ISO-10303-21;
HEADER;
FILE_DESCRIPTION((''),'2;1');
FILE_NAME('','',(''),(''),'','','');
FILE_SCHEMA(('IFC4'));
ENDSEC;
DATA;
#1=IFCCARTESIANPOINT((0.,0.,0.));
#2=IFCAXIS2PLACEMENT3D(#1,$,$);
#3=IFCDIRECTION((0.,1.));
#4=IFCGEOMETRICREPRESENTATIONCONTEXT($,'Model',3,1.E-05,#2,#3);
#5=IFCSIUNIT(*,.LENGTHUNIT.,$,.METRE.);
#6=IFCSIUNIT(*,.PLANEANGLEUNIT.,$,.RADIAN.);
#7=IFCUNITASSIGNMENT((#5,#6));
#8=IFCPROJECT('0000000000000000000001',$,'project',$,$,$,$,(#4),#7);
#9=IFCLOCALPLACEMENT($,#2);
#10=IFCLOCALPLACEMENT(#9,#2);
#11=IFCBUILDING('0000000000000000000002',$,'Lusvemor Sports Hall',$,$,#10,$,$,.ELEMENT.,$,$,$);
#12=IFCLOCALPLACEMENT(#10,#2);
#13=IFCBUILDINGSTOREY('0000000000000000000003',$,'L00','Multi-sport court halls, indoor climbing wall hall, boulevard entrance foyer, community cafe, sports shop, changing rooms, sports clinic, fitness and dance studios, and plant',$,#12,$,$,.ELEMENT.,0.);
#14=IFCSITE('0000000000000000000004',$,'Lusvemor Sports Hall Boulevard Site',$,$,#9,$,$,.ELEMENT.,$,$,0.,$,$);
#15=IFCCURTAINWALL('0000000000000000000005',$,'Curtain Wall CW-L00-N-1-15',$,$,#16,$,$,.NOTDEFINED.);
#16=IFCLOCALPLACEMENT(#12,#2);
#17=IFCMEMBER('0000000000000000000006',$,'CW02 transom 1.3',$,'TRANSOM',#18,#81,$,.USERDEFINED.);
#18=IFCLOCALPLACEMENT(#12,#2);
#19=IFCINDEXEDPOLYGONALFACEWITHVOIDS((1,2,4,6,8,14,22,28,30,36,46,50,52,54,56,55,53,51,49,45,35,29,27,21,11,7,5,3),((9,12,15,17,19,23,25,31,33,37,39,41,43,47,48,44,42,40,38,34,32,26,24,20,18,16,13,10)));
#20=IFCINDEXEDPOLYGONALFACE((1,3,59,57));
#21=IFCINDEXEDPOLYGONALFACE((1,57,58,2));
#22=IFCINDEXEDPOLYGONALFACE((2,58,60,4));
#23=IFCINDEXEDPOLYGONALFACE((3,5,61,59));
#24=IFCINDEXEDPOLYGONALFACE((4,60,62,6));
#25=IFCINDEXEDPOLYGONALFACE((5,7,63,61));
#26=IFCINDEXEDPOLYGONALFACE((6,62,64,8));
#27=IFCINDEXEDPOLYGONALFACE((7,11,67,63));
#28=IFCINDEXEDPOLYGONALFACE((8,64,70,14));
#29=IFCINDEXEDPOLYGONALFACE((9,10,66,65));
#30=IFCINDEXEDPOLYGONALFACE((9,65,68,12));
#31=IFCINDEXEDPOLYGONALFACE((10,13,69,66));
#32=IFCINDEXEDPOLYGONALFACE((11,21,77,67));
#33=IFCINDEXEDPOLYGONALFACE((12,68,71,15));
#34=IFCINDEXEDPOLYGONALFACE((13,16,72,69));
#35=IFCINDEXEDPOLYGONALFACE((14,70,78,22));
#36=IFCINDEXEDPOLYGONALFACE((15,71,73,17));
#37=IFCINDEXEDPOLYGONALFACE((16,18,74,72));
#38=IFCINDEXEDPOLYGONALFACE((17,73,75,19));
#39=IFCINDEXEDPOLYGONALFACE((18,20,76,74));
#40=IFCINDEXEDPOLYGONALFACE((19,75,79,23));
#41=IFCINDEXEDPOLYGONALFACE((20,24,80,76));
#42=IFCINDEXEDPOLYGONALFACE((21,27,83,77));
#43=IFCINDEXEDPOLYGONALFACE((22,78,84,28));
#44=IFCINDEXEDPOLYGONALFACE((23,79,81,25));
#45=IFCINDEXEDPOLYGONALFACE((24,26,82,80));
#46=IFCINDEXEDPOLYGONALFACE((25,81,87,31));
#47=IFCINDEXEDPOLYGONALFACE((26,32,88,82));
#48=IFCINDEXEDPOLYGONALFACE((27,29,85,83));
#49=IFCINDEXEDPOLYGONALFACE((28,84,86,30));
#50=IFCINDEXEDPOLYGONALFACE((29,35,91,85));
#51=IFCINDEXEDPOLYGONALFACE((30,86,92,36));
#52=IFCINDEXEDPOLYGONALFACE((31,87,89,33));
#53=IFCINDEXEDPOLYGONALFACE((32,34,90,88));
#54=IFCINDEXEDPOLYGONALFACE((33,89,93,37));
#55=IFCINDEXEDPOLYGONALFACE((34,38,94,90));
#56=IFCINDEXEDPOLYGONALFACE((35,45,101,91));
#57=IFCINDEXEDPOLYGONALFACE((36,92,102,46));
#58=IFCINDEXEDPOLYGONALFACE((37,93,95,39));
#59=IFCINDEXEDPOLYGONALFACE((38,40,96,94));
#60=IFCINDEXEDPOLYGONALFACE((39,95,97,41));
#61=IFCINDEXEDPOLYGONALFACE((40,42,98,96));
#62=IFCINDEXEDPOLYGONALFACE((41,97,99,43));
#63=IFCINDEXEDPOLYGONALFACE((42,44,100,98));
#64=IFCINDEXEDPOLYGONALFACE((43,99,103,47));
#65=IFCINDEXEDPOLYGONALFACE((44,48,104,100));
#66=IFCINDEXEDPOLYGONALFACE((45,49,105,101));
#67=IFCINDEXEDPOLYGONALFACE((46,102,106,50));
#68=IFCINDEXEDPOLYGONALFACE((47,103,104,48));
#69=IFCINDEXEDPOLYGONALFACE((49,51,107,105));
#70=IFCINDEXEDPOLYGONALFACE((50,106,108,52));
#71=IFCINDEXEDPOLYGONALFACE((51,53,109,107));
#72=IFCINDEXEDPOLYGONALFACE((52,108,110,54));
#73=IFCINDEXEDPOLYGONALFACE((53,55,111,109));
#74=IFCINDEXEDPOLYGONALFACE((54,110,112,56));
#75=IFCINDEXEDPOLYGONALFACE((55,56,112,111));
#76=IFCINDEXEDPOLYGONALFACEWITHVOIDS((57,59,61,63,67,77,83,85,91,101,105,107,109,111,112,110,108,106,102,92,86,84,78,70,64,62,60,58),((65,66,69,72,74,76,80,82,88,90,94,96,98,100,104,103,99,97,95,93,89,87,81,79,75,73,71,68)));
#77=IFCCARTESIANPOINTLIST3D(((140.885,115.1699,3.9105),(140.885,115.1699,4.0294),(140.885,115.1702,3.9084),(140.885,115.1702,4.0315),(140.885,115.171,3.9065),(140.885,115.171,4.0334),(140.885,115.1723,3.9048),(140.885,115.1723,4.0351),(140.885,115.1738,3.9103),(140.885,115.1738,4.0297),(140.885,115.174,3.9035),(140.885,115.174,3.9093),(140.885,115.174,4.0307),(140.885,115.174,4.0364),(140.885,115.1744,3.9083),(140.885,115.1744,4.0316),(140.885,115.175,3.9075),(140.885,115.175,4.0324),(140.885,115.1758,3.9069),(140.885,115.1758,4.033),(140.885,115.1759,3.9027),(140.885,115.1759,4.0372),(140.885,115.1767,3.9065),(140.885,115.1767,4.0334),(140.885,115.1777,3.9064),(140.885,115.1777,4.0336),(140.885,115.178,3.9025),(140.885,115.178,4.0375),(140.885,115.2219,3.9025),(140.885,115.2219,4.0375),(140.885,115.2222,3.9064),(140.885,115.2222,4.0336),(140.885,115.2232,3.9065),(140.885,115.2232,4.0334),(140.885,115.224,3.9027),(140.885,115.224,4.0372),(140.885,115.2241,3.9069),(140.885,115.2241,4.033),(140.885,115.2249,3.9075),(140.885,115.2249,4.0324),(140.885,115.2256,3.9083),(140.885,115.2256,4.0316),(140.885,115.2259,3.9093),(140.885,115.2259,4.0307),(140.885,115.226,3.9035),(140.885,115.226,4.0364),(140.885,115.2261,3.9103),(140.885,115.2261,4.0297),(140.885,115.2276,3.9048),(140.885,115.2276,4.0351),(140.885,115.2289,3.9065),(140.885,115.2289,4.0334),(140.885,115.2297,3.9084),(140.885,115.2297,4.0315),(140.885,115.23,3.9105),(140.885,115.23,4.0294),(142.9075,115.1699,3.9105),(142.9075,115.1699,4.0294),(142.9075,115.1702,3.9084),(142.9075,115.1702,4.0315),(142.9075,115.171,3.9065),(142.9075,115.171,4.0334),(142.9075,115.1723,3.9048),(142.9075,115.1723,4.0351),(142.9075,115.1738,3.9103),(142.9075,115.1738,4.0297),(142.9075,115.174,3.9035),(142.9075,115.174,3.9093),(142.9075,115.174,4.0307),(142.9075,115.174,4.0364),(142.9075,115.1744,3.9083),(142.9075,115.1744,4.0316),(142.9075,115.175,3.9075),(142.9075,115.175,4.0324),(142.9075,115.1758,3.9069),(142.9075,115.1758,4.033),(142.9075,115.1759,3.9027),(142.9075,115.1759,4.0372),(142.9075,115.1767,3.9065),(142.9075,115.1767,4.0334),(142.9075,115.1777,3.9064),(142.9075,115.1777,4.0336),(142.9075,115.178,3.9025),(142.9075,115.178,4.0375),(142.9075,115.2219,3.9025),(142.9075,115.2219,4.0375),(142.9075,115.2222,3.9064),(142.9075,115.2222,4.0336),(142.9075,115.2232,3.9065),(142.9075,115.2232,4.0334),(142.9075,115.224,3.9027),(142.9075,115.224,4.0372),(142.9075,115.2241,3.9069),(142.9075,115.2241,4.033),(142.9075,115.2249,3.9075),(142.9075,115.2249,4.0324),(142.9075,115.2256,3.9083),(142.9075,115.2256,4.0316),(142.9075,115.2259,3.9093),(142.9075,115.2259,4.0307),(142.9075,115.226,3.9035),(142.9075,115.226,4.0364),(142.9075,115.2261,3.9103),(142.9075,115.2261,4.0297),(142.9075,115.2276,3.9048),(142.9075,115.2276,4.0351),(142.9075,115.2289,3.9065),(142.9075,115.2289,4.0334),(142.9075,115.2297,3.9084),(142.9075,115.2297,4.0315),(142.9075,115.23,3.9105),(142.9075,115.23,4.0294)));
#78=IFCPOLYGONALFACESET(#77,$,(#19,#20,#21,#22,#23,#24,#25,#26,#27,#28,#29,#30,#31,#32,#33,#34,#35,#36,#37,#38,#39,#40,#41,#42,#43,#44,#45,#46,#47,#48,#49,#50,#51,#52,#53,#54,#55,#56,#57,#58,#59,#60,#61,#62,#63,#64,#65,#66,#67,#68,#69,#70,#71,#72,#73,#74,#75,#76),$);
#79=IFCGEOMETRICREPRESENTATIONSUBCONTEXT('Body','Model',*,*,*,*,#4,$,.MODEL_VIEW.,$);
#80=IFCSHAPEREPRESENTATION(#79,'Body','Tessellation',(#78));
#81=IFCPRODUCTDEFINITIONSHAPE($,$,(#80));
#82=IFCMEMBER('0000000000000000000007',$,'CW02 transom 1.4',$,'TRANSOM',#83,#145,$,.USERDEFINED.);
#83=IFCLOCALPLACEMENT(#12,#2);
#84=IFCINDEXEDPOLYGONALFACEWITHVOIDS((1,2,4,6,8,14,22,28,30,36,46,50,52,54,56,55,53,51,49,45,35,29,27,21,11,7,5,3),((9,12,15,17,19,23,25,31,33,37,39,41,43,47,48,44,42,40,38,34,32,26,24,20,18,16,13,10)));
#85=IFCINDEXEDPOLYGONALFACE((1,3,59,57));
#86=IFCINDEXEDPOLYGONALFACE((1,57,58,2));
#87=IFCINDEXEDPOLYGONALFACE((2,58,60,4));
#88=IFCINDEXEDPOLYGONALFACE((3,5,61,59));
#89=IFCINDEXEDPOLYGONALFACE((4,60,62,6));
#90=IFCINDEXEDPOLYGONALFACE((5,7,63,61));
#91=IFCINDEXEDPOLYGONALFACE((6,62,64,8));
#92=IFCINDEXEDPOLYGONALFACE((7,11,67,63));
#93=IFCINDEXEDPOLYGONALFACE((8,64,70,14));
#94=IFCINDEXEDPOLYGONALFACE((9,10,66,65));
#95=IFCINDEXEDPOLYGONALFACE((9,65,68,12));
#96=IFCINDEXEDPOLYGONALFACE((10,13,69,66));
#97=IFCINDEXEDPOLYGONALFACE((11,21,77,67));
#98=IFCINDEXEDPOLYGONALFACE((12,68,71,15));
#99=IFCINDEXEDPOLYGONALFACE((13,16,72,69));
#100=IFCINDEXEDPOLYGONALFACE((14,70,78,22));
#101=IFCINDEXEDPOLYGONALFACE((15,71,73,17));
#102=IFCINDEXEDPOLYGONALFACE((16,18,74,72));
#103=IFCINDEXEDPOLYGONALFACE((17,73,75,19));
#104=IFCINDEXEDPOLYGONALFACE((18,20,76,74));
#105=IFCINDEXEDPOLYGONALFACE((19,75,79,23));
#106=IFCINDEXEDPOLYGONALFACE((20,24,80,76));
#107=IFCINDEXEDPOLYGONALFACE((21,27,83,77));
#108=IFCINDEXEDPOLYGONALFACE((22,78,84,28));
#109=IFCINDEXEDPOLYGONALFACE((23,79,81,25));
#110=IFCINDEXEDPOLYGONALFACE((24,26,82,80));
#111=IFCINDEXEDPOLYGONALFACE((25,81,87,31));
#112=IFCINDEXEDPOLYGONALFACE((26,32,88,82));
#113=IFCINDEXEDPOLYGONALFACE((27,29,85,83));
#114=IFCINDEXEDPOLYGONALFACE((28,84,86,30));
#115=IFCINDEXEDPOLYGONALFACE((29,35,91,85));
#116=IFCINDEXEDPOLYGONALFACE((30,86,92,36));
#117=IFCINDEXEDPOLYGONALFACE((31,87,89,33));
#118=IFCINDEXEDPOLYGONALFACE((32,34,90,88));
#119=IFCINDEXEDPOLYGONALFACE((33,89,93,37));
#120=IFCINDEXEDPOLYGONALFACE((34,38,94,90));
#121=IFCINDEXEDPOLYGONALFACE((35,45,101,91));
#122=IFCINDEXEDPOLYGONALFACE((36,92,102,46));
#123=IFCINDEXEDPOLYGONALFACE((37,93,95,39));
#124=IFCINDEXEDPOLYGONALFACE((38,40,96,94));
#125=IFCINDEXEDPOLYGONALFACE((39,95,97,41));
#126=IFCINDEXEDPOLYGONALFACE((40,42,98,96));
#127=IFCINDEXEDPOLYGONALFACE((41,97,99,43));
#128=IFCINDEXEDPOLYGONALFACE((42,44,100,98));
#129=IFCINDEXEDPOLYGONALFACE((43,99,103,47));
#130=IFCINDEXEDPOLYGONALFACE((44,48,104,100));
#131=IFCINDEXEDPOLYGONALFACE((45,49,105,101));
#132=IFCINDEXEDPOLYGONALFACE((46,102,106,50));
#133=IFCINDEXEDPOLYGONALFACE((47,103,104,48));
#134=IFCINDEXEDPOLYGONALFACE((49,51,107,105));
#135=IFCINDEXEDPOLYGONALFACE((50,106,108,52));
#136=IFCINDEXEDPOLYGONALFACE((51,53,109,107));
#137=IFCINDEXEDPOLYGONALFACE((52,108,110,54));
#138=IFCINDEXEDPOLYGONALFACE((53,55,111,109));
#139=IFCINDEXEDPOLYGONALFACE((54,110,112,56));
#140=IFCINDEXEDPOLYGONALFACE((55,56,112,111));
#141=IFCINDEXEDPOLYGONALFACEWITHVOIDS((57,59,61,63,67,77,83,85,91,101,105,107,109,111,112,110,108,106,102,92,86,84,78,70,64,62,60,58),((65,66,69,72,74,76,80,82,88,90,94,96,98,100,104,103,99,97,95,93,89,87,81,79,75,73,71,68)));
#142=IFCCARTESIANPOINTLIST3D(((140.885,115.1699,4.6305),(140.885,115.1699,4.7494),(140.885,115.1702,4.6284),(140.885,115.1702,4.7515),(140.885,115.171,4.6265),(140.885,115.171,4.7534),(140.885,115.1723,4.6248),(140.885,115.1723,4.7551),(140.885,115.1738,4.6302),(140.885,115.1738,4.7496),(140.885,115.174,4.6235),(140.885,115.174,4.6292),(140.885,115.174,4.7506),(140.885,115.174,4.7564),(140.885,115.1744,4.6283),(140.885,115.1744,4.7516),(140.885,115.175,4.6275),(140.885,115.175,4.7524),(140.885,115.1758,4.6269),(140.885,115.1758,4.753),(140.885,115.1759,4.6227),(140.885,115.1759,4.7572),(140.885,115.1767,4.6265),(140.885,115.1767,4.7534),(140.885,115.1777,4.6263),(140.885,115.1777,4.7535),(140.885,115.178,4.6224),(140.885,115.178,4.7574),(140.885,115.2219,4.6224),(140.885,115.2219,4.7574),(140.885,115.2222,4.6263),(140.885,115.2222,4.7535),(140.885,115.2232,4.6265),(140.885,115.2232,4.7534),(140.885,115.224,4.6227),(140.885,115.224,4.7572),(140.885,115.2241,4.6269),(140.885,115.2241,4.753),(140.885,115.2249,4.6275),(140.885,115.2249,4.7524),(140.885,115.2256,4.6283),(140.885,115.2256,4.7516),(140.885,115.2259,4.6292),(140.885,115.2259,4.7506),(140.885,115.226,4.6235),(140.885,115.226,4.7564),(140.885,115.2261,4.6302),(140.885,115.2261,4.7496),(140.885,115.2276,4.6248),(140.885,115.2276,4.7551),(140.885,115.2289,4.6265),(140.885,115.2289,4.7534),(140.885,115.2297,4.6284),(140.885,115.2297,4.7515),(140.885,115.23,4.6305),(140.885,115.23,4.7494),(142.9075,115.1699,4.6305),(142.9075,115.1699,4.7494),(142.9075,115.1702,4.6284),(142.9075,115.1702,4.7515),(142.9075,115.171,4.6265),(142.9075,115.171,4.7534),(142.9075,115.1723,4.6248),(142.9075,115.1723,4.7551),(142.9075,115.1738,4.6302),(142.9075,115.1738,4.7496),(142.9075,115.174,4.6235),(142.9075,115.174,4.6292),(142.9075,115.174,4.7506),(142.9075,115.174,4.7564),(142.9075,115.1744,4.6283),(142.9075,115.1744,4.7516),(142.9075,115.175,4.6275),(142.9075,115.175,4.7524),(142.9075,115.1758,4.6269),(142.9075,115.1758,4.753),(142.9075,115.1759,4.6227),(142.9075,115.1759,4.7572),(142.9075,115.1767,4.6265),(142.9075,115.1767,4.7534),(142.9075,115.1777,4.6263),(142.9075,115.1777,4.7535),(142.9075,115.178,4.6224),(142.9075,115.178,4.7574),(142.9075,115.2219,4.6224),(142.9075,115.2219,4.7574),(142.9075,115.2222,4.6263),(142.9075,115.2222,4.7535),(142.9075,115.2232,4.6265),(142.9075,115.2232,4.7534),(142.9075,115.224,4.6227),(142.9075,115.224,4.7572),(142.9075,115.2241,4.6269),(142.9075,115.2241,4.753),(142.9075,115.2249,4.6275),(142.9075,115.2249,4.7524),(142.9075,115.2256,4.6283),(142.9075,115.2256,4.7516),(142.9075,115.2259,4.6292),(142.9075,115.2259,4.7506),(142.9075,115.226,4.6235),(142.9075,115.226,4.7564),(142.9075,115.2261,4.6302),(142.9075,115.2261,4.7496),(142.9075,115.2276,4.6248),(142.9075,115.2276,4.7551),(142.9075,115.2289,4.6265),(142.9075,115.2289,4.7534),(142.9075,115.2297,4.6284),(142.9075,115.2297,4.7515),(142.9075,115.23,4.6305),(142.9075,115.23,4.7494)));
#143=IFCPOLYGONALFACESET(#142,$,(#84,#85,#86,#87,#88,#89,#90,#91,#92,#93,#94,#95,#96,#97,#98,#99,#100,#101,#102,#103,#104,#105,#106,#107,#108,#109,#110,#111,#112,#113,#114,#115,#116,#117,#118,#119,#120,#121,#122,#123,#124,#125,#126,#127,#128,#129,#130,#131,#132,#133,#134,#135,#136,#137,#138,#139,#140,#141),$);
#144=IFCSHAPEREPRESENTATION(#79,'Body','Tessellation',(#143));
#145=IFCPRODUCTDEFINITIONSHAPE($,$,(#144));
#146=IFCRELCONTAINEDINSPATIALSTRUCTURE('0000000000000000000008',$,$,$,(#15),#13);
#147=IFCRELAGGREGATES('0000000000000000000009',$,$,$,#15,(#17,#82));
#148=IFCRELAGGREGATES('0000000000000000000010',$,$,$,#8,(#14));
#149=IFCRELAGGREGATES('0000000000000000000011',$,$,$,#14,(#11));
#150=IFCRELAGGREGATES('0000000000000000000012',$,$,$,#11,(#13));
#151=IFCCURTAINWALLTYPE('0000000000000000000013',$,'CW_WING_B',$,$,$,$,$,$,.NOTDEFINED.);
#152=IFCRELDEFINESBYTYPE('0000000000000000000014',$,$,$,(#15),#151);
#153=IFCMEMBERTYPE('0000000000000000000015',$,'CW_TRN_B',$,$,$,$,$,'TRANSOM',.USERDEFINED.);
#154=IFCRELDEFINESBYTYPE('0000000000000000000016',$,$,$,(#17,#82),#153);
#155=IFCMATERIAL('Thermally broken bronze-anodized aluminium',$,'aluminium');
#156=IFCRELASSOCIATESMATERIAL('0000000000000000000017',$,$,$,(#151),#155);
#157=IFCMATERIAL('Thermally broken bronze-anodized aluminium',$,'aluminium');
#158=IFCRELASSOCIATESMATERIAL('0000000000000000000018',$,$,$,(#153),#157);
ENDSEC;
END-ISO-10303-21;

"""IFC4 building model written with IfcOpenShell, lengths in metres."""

from ifc_helpers import new_model, si_unit, direction, frame, origin, origin_2d, place, context, subcontext, project, spatial, hollow_rectangle, extrude, material, material_profile, profile_set, type_object, element, aggregate, save


model = new_model("IFC4")

# Units and contexts
model_context = context("Model", 3, precision=1e-05, world=origin(), true_north=direction((0.0, 1.0)))
body_context = subcontext(model_context, "Body", "Model", "MODEL_VIEW")
ifc_project = project(units=[si_unit("LENGTHUNIT", "METRE"), si_unit("PLANEANGLEUNIT", "RADIAN")], contexts=[model_context])

# Site, building, storey
site_placement = place(None, origin())
site = spatial("IfcSite", under=ifc_project, at=site_placement, Name="Lusvemor Sports Hall Boulevard Site", CompositionType="ELEMENT", RefElevation=0.0)
building_placement = place(site_placement, origin())
building = spatial("IfcBuilding", under=site, at=building_placement, Name="Lusvemor Sports Hall", CompositionType="ELEMENT")
storey_placement = place(building_placement, origin())
storey = spatial("IfcBuildingStorey", under=building, at=storey_placement, Name="L00", Description="Multi-sport court halls, indoor climbing wall hall, boulevard entrance foyer, community cafe, sports shop, changing rooms, sports clinic, fitness and dance studios, and plant", CompositionType="ELEMENT", Elevation=0.0)

# Curtain wall, members
ifc_material_1 = material(Name="Thermally broken bronze-anodized aluminium", Category="aluminium")
curtain_wall_type = type_object("IfcCurtainWallType", Name="CW_WING_B", PredefinedType="NOTDEFINED", material=ifc_material_1)
curtain_wall_placement = place(storey_placement, origin())
curtain_wall = element("IfcCurtainWall", 1, at=curtain_wall_placement, inside=storey, type_object=curtain_wall_type, Name="Curtain Wall CW-L00-N-1-15", PredefinedType="NOTDEFINED")
ifc_material_2 = material(Name="Thermally broken bronze-anodized aluminium", Category="aluminium")
ifc_material_profile_1 = material_profile(ifc_material_2, hollow_rectangle(XDim=0.0601, YDim=0.135, WallThickness=0.0039, InnerFilletRadius=0.0039, OuterFilletRadius=0.0081, at=origin_2d()), Name="CWTRN135x60x4")
ifc_profile_set_1 = profile_set([ifc_material_profile_1], Name="Thermally broken bronze-anodized aluminium")
member_type_1 = type_object("IfcMemberType", Name="CW_TRN_B", ElementType="TRANSOM", PredefinedType="USERDEFINED", material=ifc_profile_set_1)
member_1_placement = place(storey_placement, frame((140.885, 115.2, 3.97), z_axis=(1.0, 0.0, 0.0), x_axis=(0.0, 1.0, 0.0)))
member_1 = element("IfcMember", 2, at=member_1_placement, type_object=member_type_1, Name="CW02 transom 1.3", ObjectType="TRANSOM", PredefinedType="USERDEFINED", context=body_context, shape_type="SweptSolid", body=[
    extrude(hollow_rectangle(XDim=0.0601, YDim=0.135, WallThickness=0.0039, InnerFilletRadius=0.0039, OuterFilletRadius=0.0081, at=origin_2d()), origin(), (0.0, 0.0, 1.0), 2.0225),
])
member_2_placement = place(storey_placement, frame((140.885, 115.2, 4.6899), z_axis=(1.0, 0.0, 0.0), x_axis=(0.0, 1.0, 0.0)))
member_2 = element("IfcMember", 3, at=member_2_placement, type_object=member_type_1, Name="CW02 transom 1.4", ObjectType="TRANSOM", PredefinedType="USERDEFINED", context=body_context, shape_type="SweptSolid", body=[
    extrude(hollow_rectangle(XDim=0.0601, YDim=0.135, WallThickness=0.0039, InnerFilletRadius=0.0039, OuterFilletRadius=0.0081, at=origin_2d()), origin(), (0.0, 0.0, 1.0), 2.0225),
])
aggregate(curtain_wall, [member_1, member_2])

save(model, "model.ifc")
